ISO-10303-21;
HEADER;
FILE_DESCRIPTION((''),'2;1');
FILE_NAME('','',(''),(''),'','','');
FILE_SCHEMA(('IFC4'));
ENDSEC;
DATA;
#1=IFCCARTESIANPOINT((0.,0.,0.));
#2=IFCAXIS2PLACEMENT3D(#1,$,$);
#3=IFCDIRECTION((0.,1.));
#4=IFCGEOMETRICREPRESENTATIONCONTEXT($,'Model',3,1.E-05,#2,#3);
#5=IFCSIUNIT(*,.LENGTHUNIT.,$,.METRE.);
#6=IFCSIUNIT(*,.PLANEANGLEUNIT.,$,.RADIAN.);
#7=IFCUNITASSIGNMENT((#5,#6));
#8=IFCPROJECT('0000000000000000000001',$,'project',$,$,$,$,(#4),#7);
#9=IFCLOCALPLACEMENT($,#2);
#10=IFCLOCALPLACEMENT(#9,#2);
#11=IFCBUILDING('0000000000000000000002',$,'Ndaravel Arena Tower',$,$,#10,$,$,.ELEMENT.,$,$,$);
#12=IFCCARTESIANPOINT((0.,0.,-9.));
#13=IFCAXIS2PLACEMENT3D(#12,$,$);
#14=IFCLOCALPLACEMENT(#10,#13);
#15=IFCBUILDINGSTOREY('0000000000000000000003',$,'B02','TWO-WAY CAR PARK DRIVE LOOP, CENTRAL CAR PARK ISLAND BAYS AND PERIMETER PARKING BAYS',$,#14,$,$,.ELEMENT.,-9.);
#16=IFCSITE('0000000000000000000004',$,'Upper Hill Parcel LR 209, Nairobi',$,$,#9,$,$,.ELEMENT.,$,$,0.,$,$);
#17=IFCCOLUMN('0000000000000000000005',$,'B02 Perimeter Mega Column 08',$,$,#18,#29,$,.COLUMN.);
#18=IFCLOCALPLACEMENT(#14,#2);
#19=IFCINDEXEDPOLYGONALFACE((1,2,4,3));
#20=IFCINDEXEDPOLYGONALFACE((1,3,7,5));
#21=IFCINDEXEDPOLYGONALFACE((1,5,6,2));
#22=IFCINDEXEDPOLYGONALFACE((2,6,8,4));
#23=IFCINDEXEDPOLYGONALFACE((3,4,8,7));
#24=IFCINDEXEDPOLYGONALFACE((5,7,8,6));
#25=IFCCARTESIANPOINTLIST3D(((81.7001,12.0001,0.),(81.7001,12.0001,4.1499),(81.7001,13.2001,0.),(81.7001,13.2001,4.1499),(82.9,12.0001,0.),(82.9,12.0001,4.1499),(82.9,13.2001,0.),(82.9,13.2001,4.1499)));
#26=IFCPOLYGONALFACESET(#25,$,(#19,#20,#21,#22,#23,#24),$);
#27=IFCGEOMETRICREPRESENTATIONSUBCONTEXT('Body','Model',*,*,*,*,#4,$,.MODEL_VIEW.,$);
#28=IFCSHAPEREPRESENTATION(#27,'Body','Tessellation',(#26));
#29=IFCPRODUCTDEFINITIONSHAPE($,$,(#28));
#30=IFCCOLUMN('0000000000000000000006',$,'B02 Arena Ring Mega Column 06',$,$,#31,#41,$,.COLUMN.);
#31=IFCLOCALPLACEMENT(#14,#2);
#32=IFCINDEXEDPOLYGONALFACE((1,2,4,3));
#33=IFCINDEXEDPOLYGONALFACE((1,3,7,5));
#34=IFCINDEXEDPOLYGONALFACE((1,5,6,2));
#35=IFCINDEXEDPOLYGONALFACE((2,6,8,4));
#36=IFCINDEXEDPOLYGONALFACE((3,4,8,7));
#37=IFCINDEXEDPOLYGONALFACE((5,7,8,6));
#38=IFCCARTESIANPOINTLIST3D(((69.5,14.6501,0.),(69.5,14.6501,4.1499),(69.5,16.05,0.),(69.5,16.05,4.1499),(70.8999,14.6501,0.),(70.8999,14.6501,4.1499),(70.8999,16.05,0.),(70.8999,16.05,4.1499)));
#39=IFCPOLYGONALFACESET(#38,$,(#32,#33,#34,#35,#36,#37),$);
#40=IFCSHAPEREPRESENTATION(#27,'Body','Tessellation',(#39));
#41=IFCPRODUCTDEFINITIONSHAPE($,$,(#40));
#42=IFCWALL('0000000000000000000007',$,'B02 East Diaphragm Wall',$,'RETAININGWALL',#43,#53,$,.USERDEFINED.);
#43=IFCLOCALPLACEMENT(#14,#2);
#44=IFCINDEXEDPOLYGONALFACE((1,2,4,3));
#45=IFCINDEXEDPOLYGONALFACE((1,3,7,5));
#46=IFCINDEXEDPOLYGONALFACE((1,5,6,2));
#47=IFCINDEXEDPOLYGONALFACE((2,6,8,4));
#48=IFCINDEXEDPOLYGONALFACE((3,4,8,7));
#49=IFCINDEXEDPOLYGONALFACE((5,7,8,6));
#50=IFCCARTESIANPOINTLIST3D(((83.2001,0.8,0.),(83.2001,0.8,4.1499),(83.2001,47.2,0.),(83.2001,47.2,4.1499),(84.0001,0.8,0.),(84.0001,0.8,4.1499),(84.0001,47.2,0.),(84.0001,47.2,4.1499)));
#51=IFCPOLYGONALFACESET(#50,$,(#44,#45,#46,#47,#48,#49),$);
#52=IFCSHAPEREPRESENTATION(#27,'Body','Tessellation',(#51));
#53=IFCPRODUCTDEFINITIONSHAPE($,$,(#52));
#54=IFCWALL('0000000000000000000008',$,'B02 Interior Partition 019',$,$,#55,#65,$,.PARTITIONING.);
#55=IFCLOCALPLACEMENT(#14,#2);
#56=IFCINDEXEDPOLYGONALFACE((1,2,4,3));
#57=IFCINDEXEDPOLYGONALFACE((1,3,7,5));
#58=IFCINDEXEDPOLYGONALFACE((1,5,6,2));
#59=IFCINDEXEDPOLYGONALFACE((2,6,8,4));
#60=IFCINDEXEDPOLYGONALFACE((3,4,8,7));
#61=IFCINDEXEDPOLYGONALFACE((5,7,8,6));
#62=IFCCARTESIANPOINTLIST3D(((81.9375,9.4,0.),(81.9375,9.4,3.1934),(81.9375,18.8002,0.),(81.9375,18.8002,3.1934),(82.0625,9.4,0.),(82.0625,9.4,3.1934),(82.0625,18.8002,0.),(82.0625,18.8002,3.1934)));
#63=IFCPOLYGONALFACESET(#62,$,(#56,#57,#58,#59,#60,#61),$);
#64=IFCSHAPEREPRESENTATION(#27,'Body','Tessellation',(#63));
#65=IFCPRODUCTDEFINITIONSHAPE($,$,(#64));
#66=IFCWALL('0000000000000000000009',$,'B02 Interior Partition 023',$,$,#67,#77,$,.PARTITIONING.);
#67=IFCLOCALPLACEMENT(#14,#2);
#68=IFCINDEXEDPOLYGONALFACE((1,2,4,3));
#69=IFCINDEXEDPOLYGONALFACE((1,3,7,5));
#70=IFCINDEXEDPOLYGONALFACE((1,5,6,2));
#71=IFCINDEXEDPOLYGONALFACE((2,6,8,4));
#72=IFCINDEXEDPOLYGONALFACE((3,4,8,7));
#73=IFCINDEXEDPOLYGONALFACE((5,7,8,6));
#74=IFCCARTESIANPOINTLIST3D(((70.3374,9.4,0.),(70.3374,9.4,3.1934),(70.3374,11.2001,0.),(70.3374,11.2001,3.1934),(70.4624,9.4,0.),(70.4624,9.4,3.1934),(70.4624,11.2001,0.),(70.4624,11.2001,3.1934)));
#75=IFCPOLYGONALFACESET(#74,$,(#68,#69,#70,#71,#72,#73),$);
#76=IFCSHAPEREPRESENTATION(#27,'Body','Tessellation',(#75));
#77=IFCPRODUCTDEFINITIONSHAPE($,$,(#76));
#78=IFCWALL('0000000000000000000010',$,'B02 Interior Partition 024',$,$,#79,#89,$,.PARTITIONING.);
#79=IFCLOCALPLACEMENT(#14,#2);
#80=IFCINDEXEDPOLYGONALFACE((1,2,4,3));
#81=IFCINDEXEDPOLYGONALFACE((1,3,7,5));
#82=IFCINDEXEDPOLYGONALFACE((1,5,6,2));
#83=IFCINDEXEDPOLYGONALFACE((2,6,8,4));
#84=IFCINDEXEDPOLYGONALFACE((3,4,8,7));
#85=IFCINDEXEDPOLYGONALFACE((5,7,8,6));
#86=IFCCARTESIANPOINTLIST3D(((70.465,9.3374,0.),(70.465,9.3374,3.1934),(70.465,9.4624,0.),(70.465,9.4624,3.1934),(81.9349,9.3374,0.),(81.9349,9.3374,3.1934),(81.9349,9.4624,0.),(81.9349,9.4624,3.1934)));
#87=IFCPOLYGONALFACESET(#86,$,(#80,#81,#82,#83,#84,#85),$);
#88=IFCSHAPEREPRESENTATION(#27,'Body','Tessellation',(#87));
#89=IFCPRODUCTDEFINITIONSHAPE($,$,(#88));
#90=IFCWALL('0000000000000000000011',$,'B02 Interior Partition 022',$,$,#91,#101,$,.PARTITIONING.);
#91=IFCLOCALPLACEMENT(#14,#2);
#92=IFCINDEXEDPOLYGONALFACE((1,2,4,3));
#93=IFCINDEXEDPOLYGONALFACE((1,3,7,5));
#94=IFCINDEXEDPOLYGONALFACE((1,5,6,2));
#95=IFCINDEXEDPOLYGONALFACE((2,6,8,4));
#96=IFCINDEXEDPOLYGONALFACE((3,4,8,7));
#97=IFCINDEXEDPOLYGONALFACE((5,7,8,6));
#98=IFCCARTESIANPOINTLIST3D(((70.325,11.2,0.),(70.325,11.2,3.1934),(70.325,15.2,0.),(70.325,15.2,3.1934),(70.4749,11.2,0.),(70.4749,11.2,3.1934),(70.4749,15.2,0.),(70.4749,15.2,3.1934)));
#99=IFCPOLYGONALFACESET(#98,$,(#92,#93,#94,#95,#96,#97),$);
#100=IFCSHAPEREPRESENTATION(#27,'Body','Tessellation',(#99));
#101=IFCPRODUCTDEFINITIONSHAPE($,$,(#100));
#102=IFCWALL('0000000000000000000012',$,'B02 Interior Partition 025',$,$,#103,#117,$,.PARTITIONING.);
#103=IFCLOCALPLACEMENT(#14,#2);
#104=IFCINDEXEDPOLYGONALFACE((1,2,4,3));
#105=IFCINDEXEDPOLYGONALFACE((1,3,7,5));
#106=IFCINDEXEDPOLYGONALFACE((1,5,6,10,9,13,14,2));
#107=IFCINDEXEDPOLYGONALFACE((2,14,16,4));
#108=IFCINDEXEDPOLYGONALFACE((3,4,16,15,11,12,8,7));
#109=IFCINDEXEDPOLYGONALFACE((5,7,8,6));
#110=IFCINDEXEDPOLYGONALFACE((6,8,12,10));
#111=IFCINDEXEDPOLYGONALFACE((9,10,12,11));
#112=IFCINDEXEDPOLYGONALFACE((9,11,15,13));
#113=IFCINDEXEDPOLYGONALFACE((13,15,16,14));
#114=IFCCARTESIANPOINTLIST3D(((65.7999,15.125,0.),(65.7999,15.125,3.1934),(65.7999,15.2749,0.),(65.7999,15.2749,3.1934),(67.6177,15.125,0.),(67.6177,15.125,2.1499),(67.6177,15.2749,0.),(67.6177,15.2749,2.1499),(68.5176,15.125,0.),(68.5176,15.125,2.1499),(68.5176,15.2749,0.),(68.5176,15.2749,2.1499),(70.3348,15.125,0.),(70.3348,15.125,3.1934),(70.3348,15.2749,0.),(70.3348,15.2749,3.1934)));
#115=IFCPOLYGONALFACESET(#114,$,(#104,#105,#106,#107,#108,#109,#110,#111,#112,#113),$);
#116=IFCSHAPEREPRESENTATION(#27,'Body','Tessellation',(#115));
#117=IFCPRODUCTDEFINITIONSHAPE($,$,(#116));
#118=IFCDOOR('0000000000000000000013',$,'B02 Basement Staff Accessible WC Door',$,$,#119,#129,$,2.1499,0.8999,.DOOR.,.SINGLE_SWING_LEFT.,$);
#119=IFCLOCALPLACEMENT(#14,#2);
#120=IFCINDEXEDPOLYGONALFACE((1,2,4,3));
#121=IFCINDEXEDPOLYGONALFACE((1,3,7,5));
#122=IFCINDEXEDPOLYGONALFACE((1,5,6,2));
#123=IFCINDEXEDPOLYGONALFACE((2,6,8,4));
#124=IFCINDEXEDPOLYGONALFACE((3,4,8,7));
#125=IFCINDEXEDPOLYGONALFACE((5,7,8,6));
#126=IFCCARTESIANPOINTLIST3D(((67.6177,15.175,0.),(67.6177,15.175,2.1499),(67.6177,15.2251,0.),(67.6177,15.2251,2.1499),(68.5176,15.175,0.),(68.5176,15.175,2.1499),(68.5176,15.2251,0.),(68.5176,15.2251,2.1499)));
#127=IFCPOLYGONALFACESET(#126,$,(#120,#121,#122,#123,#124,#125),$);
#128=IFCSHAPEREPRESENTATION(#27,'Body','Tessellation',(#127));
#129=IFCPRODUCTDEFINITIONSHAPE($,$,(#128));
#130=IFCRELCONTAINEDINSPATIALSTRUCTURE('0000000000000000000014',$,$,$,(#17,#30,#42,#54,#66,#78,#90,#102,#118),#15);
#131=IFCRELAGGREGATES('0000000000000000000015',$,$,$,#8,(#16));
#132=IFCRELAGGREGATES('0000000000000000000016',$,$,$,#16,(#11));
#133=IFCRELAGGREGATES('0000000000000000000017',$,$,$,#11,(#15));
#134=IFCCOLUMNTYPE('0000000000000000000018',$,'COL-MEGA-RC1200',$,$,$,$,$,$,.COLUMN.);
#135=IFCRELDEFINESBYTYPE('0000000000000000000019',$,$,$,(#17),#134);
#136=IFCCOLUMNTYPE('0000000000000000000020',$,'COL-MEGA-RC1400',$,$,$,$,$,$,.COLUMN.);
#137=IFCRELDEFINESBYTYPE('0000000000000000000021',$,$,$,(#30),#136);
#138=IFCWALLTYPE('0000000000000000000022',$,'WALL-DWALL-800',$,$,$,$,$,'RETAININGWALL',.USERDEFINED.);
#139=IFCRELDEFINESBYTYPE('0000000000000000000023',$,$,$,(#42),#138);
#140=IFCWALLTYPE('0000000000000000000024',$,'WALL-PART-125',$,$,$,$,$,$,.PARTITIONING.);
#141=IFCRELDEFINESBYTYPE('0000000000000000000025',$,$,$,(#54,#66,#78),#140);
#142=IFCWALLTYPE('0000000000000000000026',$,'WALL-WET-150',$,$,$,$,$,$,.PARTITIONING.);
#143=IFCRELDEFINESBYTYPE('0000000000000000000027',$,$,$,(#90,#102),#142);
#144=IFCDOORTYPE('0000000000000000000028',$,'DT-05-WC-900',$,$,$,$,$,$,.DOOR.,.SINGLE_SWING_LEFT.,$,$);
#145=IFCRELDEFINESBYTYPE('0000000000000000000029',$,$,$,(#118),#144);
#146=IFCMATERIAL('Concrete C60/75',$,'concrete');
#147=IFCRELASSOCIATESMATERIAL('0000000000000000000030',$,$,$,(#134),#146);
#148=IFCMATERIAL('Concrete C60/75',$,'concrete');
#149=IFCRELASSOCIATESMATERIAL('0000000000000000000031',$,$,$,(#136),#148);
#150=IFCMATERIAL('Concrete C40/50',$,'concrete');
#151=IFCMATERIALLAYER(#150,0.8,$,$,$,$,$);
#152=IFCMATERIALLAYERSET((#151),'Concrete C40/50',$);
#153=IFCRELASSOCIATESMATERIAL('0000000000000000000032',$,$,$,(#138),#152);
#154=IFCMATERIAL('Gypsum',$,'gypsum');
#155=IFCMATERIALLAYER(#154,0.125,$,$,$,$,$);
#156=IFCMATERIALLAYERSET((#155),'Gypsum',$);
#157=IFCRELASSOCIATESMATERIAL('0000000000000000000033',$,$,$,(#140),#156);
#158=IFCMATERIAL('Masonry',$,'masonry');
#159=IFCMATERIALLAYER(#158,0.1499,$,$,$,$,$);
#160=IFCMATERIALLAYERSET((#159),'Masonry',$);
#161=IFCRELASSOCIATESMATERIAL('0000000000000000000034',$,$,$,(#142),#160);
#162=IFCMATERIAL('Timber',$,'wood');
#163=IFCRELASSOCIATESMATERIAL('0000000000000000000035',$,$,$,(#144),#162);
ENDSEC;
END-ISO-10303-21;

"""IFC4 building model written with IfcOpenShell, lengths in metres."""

from ifc_helpers import new_model, si_unit, direction, frame, frame_2d, origin, origin_2d, place, context, subcontext, project, spatial, rectangle, extrude, material, layer, layer_set, material_profile, profile_set, type_object, element, fill, save


model = new_model("IFC4")

# Units and contexts
model_context = context("Model", 3, precision=1e-05, world=origin(), true_north=direction((0.0, 1.0)))
body_context = subcontext(model_context, "Body", "Model", "MODEL_VIEW")
ifc_project = project(units=[si_unit("LENGTHUNIT", "METRE"), si_unit("PLANEANGLEUNIT", "RADIAN")], contexts=[model_context])

# Site, building, storey
site_placement = place(None, origin())
site = spatial("IfcSite", under=ifc_project, at=site_placement, Name="Upper Hill Parcel LR 209, Nairobi", CompositionType="ELEMENT", RefElevation=0.0)
building_placement = place(site_placement, origin())
building = spatial("IfcBuilding", under=site, at=building_placement, Name="Ndaravel Arena Tower", CompositionType="ELEMENT")
storey_placement = place(building_placement, frame((0.0, 0.0, -9.0)))
storey = spatial("IfcBuildingStorey", under=building, at=storey_placement, Name="B02", Description="TWO-WAY CAR PARK DRIVE LOOP, CENTRAL CAR PARK ISLAND BAYS AND PERIMETER PARKING BAYS", CompositionType="ELEMENT", Elevation=-9.0)

# Columns
ifc_material_1 = material(Name="Concrete C60/75", Category="concrete")
ifc_material_profile_1 = material_profile(ifc_material_1, rectangle(XDim=1.2, YDim=1.2, at=origin_2d()), Name="RC 1200x1200")
ifc_profile_set_1 = profile_set([ifc_material_profile_1], Name="Concrete C60/75")
column_type_1 = type_object("IfcColumnType", Name="COL-MEGA-RC1200", PredefinedType="COLUMN", material=ifc_profile_set_1)
for number, where, z_axis, x_axis, name in (
    (1, (82.3, 12.6001, 0.0), (0.0, 0.0, 1.0), (1.0, 0.0, 0.0), "B02 Perimeter Mega Column 08"),
):
    element("IfcColumn", number, at=place(storey_placement, frame(where, z_axis=z_axis, x_axis=x_axis)), inside=storey, type_object=column_type_1, Name=name, PredefinedType="COLUMN", context=body_context, shape_type="SweptSolid", body=[
        extrude(rectangle(XDim=1.2, YDim=1.2, at=origin_2d()), origin(), (0.0, 0.0, 1.0), 4.1499),
    ])
ifc_material_2 = material(Name="Concrete C60/75", Category="concrete")
ifc_material_profile_2 = material_profile(ifc_material_2, rectangle(XDim=1.3999, YDim=1.3999, at=origin_2d()), Name="RC 1400x1400")
ifc_profile_set_2 = profile_set([ifc_material_profile_2], Name="Concrete C60/75")
column_type_2 = type_object("IfcColumnType", Name="COL-MEGA-RC1400", PredefinedType="COLUMN", material=ifc_profile_set_2)
column_placement = place(storey_placement, frame((70.2, 15.3501, 0.0), z_axis=(0.0, 0.0, 1.0), x_axis=(1.0, 0.0, 0.0)))
element("IfcColumn", 2, at=column_placement, inside=storey, type_object=column_type_2, Name="B02 Arena Ring Mega Column 06", PredefinedType="COLUMN", context=body_context, shape_type="SweptSolid", body=[
    extrude(rectangle(XDim=1.3999, YDim=1.3999, at=origin_2d()), origin(), (0.0, 0.0, 1.0), 4.1499),
])

# Walls
ifc_material_3 = material(Name="Concrete C40/50", Category="concrete")
ifc_layer_1 = layer(ifc_material_3, 0.8)
ifc_layer_set_1 = layer_set([ifc_layer_1], Name="Concrete C40/50")
wall_type_1 = type_object("IfcWallType", Name="WALL-DWALL-800", ElementType="RETAININGWALL", PredefinedType="USERDEFINED", material=ifc_layer_set_1)
wall_1_placement = place(storey_placement, frame((83.6001, 0.8, 0.0), z_axis=(0.0, 0.0, 1.0), x_axis=(0.0, 1.0, 0.0)))
element("IfcWall", 3, at=wall_1_placement, inside=storey, type_object=wall_type_1, Name="B02 East Diaphragm Wall", ObjectType="RETAININGWALL", PredefinedType="USERDEFINED", context=body_context, shape_type="SweptSolid", body=[
    extrude(rectangle(XDim=46.3999, YDim=0.8, at=frame_2d((23.2, 0.0))), origin(), (0.0, 0.0, 1.0), 4.1499),
])
ifc_material_4 = material(Name="Gypsum", Category="gypsum")
ifc_layer_2 = layer(ifc_material_4, 0.125)
ifc_layer_set_2 = layer_set([ifc_layer_2], Name="Gypsum")
wall_type_2 = type_object("IfcWallType", Name="WALL-PART-125", PredefinedType="PARTITIONING", material=ifc_layer_set_2)
wall_2_placement = place(storey_placement, frame((82.0, 9.3999, 0.0), z_axis=(0.0, 0.0, 1.0), x_axis=(0.0, 1.0, 0.0)))
element("IfcWall", 4, at=wall_2_placement, inside=storey, type_object=wall_type_2, Name="B02 Interior Partition 019", PredefinedType="PARTITIONING", context=body_context, shape_type="SweptSolid", body=[
    extrude(rectangle(XDim=9.4001, YDim=0.125, at=frame_2d((4.7002, 0.0))), origin(), (0.0, 0.0, 1.0), 3.1934),
])
wall_3_placement = place(storey_placement, frame((70.3999, 11.2, 0.0), z_axis=(0.0, 0.0, 1.0), x_axis=(0.0, -1.0, 0.0)))
element("IfcWall", 5, at=wall_3_placement, inside=storey, type_object=wall_type_2, Name="B02 Interior Partition 023", PredefinedType="PARTITIONING", context=body_context, shape_type="SweptSolid", body=[
    extrude(rectangle(XDim=1.8, YDim=0.125, at=frame_2d((0.8999, 0.0))), origin(), (0.0, 0.0, 1.0), 3.1934),
])
wall_4_placement = place(storey_placement, frame((70.4651, 9.3999, 0.0), z_axis=(0.0, 0.0, 1.0), x_axis=(1.0, 0.0, 0.0)))
element("IfcWall", 6, at=wall_4_placement, inside=storey, type_object=wall_type_2, Name="B02 Interior Partition 024", PredefinedType="PARTITIONING", context=body_context, shape_type="SweptSolid", body=[
    extrude(rectangle(XDim=11.47, YDim=0.125, at=frame_2d((5.7349, 0.0))), origin(), (0.0, 0.0, 1.0), 3.1934),
])
ifc_material_5 = material(Name="Masonry", Category="masonry")
ifc_layer_3 = layer(ifc_material_5, 0.1499)
ifc_layer_set_3 = layer_set([ifc_layer_3], Name="Masonry")
wall_type_3 = type_object("IfcWallType", Name="WALL-WET-150", PredefinedType="PARTITIONING", material=ifc_layer_set_3)
wall_5_placement = place(storey_placement, frame((70.3999, 15.2, 0.0), z_axis=(0.0, 0.0, 1.0), x_axis=(0.0, -1.0, 0.0)))
element("IfcWall", 7, at=wall_5_placement, inside=storey, type_object=wall_type_3, Name="B02 Interior Partition 022", PredefinedType="PARTITIONING", context=body_context, shape_type="SweptSolid", body=[
    extrude(rectangle(XDim=4.0, YDim=0.1499, at=frame_2d((2.0, 0.0))), origin(), (0.0, 0.0, 1.0), 3.1934),
])

# Wall, opening, door
wall_6_placement = place(storey_placement, frame((70.335, 15.2, 0.0), z_axis=(0.0, 0.0, 1.0), x_axis=(-1.0, 0.0, 0.0)))
wall_6 = element("IfcWall", 8, at=wall_6_placement, inside=storey, type_object=wall_type_3, Name="B02 Interior Partition 025", PredefinedType="PARTITIONING", context=body_context, shape_type="SweptSolid", body=[
    extrude(rectangle(XDim=4.5349, YDim=0.1499, at=frame_2d((2.2676, 0.0))), origin(), (0.0, 0.0, 1.0), 3.1934),
])
opening_placement = place(wall_6_placement, frame((1.8174, 0.0, 0.0)))
opening = element("IfcOpeningElement", 9, at=opening_placement, cuts=wall_6, PredefinedType="OPENING", context=body_context, shape_type="SweptSolid", body=[
    extrude(rectangle(XDim=0.8999, YDim=2.1499, at=frame_2d((0.45, 1.075))), frame((0.0, 0.075, 0.0), z_axis=(0.0, -1.0, 0.0), x_axis=(1.0, 0.0, 0.0)), (0.0, 0.0, 1.0), 0.1499),
])
ifc_material_6 = material(Name="Timber", Category="wood")
door_type = type_object("IfcDoorType", Name="DT-05-WC-900", OperationType="SINGLE_SWING_LEFT", PredefinedType="DOOR", material=ifc_material_6)
door_placement = place(opening_placement, origin())
door = element("IfcDoor", 10, at=door_placement, inside=storey, type_object=door_type, Name="B02 Basement Staff Accessible WC Door", OperationType="SINGLE_SWING_LEFT", OverallHeight=2.1499, OverallWidth=0.8999, PredefinedType="DOOR", context=body_context, shape_type="SweptSolid", body=[
    extrude(rectangle(XDim=0.8999, YDim=2.1499, at=frame_2d((0.45, 1.075))), frame((0.0, 0.0249, 0.0), z_axis=(0.0, -1.0, 0.0), x_axis=(1.0, 0.0, 0.0)), (0.0, 0.0, 1.0), 0.05),
])
fill(opening, door)

save(model, "model.ifc")
